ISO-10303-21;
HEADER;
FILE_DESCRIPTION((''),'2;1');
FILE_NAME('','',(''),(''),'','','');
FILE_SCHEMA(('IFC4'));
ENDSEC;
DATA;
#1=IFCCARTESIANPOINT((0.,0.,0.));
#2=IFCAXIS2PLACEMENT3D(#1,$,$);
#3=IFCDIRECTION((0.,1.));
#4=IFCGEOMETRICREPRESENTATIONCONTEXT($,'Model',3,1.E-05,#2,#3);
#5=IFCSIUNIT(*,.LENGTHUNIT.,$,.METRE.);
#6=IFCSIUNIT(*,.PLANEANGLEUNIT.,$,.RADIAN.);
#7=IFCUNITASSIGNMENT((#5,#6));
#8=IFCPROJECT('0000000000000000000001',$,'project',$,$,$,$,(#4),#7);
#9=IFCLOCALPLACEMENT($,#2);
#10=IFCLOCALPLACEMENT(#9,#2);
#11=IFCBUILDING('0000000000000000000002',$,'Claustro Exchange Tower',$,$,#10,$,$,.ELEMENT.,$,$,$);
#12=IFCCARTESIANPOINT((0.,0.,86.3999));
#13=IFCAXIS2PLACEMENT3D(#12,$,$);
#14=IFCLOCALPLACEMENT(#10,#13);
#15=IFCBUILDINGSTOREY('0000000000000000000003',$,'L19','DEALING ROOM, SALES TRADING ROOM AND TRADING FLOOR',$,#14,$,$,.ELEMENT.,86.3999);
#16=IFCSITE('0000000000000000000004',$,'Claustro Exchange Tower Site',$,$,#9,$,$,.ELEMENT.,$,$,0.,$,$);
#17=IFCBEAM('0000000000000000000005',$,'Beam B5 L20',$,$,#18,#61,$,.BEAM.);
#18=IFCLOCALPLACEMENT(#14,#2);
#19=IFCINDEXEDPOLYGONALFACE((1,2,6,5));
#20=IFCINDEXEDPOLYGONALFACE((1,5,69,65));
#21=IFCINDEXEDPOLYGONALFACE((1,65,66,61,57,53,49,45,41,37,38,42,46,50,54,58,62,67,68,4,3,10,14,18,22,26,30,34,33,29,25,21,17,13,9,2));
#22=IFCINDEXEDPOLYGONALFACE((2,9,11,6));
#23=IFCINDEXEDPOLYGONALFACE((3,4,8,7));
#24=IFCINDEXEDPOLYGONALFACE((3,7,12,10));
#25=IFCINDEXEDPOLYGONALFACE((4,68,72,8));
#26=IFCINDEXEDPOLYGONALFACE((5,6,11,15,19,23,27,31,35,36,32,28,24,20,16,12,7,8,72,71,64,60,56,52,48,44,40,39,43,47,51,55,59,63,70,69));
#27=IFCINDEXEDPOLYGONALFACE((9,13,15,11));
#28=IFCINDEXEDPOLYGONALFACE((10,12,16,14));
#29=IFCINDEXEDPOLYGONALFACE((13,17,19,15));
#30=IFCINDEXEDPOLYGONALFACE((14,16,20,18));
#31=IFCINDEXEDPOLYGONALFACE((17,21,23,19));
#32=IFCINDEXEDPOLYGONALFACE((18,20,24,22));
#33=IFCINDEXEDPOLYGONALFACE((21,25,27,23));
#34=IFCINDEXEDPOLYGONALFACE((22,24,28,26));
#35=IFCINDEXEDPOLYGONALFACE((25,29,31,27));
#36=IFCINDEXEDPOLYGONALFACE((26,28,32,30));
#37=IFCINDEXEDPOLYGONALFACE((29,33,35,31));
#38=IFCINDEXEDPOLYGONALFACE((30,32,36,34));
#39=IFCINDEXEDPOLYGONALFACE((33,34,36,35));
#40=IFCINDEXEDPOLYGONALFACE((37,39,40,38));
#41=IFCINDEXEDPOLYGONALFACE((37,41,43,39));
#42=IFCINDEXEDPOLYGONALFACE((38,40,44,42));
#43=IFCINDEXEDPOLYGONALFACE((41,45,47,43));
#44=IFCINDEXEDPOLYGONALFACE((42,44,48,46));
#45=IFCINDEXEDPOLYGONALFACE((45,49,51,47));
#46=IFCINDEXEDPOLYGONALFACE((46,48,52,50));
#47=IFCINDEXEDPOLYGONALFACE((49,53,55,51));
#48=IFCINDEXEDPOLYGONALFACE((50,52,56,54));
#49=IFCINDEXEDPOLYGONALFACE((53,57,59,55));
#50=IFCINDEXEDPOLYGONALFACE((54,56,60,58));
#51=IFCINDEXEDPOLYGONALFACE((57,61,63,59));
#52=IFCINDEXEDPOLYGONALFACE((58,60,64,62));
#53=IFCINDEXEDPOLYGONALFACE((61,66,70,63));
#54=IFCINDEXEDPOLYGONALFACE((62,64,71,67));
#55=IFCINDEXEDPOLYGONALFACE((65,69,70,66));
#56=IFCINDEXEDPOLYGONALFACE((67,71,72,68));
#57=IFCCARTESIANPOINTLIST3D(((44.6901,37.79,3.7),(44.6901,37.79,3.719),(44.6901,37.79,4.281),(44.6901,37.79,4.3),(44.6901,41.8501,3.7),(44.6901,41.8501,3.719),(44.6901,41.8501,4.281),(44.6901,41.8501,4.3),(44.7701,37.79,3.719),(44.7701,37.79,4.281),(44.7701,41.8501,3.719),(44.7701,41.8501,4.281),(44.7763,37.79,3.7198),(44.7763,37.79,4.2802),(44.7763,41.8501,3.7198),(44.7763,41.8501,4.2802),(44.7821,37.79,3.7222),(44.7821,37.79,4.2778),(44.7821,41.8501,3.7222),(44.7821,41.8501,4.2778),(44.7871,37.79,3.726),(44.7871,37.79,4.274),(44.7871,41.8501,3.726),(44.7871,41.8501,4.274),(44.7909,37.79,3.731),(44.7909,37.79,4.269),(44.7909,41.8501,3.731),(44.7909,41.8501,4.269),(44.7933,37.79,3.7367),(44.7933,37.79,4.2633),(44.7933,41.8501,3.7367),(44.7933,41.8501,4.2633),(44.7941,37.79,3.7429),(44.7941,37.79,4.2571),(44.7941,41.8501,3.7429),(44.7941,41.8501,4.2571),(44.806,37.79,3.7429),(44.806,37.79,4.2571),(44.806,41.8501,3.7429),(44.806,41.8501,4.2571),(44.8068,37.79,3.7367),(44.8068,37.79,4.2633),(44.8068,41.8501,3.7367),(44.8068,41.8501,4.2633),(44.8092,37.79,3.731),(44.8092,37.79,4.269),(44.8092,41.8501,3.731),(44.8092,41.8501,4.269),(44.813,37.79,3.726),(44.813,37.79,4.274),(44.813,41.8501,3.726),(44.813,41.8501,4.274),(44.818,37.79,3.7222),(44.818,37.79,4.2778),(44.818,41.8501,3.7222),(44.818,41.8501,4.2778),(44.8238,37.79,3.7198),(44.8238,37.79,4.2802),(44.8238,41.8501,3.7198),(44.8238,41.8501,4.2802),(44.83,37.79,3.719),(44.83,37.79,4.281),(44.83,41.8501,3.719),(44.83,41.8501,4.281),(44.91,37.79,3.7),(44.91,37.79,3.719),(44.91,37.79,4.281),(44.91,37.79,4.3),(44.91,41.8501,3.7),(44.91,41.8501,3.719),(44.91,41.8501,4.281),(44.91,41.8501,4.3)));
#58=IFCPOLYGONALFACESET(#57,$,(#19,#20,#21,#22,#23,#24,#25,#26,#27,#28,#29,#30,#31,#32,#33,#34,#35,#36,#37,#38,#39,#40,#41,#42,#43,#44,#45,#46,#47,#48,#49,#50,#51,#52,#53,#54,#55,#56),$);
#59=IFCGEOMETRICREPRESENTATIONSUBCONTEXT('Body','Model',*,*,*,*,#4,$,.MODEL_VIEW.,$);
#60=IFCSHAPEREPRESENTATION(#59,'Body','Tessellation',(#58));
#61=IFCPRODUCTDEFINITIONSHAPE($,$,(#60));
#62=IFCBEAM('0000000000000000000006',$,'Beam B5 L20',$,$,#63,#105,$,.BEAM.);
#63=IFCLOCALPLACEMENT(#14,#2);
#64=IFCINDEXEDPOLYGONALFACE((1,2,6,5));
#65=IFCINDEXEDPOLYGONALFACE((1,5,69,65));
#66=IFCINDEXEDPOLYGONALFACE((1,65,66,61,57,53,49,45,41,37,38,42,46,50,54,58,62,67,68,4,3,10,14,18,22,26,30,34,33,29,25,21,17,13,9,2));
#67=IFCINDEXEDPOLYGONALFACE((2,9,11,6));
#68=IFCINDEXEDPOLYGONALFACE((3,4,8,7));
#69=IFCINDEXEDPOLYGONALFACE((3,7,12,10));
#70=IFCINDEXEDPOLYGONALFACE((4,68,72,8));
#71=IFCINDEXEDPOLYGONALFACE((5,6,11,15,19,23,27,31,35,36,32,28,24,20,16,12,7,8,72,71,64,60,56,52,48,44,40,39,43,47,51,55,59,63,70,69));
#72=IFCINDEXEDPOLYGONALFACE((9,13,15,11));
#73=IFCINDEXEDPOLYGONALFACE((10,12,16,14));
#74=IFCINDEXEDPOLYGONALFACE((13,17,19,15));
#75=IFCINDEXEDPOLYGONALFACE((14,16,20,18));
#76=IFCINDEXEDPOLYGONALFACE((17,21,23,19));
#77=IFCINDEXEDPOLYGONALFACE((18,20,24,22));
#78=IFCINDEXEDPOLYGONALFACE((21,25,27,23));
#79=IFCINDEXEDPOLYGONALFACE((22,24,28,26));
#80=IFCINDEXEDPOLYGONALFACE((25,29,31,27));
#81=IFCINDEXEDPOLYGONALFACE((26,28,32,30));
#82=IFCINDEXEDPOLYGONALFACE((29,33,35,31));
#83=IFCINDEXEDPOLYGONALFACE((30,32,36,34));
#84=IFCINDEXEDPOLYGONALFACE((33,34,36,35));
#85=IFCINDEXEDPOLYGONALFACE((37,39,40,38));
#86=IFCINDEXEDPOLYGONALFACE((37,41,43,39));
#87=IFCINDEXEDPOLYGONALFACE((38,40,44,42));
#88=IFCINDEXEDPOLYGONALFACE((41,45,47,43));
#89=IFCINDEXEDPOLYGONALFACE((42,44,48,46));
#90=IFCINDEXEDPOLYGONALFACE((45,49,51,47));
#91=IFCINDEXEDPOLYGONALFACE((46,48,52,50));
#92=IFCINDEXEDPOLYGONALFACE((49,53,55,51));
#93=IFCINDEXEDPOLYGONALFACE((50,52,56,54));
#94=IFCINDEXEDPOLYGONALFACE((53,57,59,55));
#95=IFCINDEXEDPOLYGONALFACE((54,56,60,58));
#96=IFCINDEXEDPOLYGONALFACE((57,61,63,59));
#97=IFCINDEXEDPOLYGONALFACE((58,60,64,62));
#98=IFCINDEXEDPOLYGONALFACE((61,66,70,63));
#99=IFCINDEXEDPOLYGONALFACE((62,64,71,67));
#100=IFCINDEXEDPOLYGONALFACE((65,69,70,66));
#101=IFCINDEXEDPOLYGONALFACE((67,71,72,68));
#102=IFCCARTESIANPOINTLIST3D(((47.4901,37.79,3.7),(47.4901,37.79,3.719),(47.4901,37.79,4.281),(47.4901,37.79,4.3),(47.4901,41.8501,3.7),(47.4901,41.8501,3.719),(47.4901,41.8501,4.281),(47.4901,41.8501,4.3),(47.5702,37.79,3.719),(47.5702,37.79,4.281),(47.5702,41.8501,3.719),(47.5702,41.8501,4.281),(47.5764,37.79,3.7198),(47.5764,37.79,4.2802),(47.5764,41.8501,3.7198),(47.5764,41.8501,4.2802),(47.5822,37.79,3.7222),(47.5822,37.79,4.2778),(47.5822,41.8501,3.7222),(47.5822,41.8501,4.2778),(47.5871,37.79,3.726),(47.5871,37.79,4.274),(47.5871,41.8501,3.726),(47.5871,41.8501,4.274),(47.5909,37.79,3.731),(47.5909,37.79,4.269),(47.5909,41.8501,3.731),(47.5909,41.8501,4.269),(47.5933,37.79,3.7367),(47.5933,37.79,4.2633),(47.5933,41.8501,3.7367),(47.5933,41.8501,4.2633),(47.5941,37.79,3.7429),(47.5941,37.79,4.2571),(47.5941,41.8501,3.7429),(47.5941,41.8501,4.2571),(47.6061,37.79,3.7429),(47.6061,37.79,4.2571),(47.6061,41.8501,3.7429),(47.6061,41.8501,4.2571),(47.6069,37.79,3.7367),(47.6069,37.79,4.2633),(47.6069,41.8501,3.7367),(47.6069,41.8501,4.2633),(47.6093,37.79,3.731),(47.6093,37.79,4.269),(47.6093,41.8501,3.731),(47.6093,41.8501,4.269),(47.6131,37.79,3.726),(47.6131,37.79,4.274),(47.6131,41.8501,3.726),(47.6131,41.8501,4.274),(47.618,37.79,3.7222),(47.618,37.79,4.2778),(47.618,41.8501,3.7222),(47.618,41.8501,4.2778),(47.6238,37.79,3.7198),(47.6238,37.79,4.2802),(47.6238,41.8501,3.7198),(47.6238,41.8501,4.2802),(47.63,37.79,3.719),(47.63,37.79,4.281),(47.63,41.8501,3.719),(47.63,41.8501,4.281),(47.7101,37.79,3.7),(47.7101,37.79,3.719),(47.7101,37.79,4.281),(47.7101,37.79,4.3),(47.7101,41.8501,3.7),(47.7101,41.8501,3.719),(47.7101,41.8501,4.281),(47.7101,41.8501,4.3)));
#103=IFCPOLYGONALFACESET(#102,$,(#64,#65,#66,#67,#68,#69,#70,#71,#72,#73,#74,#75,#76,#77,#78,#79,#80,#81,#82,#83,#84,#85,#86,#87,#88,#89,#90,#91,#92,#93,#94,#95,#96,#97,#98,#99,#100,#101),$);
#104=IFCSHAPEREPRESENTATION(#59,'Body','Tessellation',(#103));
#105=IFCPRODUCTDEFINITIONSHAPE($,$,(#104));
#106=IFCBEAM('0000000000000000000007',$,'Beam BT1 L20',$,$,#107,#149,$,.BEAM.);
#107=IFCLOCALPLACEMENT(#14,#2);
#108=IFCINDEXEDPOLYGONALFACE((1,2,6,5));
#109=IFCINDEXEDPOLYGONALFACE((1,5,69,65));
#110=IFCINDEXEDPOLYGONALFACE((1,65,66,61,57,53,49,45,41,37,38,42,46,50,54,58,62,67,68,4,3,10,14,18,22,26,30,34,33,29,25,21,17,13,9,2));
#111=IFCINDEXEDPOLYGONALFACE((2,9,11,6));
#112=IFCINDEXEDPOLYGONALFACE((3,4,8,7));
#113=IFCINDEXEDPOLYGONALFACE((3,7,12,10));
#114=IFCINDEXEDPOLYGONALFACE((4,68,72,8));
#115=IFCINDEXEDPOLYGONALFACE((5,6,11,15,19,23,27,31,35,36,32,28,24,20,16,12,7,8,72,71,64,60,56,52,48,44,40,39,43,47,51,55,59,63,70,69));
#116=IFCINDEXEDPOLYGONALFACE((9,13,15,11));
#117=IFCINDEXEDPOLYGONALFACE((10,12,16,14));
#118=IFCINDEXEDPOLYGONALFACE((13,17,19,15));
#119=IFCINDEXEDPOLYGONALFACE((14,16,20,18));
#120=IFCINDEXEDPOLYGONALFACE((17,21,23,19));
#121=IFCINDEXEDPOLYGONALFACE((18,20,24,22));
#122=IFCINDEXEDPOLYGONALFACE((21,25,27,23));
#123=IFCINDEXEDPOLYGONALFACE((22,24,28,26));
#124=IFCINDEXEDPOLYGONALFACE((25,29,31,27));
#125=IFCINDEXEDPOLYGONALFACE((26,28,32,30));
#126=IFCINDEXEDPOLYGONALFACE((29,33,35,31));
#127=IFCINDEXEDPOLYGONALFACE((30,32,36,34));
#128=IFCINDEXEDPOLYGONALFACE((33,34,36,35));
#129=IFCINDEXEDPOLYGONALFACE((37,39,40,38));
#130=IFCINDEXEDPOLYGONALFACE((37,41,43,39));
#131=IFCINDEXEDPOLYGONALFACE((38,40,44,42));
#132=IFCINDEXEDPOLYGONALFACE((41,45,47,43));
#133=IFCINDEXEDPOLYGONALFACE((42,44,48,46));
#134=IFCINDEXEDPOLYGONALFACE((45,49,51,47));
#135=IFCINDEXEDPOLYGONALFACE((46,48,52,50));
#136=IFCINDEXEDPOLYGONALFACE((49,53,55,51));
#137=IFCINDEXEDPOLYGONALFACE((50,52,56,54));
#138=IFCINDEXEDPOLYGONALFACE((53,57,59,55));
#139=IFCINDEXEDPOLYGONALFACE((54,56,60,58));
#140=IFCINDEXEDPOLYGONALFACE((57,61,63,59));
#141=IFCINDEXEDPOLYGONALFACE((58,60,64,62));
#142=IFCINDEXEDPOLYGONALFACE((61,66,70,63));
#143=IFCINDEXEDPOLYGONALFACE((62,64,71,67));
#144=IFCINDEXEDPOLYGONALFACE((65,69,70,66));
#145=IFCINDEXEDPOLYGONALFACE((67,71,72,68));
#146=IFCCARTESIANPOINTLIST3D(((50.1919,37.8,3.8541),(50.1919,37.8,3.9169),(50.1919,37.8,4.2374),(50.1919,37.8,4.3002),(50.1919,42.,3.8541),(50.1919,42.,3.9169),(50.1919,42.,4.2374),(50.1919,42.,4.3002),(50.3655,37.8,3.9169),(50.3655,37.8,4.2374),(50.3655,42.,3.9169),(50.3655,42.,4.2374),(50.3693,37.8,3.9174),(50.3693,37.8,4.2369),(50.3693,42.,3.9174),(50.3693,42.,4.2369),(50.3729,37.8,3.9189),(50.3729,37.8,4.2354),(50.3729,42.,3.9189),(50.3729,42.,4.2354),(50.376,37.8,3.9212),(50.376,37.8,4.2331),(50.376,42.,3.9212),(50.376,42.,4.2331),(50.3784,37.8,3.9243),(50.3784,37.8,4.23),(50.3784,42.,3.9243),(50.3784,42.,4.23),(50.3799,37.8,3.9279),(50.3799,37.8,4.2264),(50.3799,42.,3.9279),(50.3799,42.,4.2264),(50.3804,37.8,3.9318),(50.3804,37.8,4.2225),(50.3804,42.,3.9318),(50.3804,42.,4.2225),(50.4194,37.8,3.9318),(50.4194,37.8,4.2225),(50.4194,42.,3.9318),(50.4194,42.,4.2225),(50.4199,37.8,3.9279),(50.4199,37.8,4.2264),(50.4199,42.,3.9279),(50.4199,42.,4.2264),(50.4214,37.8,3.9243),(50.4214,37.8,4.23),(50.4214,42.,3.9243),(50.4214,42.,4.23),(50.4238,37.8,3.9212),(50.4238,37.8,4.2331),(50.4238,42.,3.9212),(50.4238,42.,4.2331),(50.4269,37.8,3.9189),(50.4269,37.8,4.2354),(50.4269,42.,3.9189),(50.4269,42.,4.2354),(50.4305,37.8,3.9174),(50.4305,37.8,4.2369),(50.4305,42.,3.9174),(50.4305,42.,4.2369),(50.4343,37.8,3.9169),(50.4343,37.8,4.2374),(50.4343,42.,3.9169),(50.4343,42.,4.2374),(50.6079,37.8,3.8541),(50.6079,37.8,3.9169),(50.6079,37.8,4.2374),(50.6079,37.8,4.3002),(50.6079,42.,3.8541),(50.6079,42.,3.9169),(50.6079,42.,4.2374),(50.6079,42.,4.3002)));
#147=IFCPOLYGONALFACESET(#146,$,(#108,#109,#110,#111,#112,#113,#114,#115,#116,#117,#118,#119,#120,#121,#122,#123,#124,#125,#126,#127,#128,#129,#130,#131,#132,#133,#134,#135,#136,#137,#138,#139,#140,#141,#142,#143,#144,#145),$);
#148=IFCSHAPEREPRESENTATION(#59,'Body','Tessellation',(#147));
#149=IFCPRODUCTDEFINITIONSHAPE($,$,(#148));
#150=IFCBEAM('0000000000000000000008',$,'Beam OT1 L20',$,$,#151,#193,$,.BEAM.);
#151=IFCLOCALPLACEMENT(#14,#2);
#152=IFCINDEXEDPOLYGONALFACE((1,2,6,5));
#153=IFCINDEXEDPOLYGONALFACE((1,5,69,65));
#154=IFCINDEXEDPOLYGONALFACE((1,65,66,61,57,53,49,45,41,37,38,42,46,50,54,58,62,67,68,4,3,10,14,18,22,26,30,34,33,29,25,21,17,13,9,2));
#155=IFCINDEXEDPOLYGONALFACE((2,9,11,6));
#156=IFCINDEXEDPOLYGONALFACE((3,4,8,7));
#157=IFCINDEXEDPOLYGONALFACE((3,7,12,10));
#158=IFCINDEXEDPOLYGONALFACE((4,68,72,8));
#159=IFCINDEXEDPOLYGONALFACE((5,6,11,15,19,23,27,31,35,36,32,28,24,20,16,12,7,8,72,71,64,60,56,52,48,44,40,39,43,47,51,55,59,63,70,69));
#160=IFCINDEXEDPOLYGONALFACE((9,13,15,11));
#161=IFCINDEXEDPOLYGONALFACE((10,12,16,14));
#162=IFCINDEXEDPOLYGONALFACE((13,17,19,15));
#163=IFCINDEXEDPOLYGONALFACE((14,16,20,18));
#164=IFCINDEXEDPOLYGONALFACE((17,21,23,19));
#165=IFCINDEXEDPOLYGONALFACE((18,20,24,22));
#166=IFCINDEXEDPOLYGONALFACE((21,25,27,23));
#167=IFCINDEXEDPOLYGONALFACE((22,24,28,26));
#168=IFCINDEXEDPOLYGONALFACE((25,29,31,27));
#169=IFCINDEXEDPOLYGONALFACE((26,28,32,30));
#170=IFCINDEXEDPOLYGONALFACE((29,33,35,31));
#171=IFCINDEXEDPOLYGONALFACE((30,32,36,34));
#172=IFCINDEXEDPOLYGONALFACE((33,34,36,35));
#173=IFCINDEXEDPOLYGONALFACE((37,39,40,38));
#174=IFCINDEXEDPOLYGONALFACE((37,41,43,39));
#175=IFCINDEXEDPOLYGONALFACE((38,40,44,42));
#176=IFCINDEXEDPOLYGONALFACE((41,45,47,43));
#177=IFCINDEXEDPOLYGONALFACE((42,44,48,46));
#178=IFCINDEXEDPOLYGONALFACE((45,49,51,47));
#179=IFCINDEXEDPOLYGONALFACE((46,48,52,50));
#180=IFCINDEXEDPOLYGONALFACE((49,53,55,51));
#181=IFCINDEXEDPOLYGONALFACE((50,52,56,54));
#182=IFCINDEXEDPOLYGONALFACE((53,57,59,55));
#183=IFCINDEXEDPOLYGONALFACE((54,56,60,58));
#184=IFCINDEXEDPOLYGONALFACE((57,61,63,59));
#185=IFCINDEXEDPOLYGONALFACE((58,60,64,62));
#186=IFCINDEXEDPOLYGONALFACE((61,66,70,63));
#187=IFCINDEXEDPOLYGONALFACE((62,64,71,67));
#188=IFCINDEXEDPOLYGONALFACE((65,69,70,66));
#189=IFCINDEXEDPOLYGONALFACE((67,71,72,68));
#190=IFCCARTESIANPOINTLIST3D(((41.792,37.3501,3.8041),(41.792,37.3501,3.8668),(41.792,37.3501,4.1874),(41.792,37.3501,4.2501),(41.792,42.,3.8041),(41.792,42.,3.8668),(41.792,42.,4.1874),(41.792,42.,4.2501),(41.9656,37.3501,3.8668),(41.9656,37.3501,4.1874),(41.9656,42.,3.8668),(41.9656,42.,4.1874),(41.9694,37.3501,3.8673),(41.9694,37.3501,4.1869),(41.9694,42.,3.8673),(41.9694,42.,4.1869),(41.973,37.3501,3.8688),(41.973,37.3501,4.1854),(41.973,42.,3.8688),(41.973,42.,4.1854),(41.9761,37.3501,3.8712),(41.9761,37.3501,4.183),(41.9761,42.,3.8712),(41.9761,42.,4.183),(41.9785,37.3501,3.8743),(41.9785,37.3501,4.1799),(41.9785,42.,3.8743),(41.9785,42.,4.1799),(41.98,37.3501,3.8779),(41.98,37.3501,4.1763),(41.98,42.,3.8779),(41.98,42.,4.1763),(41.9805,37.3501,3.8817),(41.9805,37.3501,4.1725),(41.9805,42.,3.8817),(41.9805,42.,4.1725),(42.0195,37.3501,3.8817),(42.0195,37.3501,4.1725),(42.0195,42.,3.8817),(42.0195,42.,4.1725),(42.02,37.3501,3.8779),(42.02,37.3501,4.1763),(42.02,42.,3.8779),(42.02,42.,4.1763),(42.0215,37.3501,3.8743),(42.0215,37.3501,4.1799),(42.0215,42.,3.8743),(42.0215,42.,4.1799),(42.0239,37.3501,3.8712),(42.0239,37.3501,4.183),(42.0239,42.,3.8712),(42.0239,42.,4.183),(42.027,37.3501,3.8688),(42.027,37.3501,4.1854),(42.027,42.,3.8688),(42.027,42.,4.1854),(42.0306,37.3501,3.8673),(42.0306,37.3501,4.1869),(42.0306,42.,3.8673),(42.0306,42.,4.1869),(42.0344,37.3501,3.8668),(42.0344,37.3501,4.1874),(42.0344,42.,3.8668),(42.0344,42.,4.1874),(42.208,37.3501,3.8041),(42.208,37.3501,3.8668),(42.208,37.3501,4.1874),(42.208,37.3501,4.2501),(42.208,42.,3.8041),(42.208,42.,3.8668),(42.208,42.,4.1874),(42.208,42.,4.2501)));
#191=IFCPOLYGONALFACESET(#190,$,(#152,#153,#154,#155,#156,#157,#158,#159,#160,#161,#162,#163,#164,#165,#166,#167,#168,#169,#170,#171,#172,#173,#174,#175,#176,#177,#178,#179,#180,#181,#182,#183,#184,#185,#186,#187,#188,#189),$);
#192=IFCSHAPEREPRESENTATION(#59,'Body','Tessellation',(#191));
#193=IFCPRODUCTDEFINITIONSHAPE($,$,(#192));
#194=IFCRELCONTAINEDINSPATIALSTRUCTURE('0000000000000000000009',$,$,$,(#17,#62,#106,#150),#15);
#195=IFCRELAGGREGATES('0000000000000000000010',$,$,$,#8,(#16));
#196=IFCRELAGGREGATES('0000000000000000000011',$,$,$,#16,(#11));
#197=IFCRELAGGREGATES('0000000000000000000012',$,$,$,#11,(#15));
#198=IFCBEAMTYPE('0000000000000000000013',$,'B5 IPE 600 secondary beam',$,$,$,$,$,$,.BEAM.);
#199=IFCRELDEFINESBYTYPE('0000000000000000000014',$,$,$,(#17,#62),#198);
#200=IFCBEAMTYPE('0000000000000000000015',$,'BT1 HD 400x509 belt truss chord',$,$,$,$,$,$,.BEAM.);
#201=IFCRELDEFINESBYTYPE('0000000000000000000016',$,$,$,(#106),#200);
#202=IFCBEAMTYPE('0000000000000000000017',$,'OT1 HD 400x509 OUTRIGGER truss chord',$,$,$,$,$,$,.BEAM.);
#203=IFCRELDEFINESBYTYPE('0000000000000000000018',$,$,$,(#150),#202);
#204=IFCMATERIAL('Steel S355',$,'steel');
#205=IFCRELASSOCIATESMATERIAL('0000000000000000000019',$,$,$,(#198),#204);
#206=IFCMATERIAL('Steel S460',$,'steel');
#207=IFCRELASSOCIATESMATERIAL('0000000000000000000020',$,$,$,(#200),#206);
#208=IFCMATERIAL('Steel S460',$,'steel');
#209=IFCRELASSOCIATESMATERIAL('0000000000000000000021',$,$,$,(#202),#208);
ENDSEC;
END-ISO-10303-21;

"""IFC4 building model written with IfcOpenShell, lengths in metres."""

from ifc_helpers import new_model, si_unit, direction, frame, origin, origin_2d, place, context, subcontext, project, spatial, i_section, extrude, material, material_profile, profile_set, type_object, element, save


model = new_model("IFC4")

# Units and contexts
model_context = context("Model", 3, precision=1e-05, world=origin(), true_north=direction((0.0, 1.0)))
body_context = subcontext(model_context, "Body", "Model", "MODEL_VIEW")
ifc_project = project(units=[si_unit("LENGTHUNIT", "METRE"), si_unit("PLANEANGLEUNIT", "RADIAN")], contexts=[model_context])

# Site, building, storey
site_placement = place(None, origin())
site = spatial("IfcSite", under=ifc_project, at=site_placement, Name="Claustro Exchange Tower Site", CompositionType="ELEMENT", RefElevation=0.0)
building_placement = place(site_placement, origin())
building = spatial("IfcBuilding", under=site, at=building_placement, Name="Claustro Exchange Tower", CompositionType="ELEMENT")
storey_placement = place(building_placement, frame((0.0, 0.0, 86.3999)))
storey = spatial("IfcBuildingStorey", under=building, at=storey_placement, Name="L19", Description="DEALING ROOM, SALES TRADING ROOM AND TRADING FLOOR", CompositionType="ELEMENT", Elevation=86.3999)

# Beams
ifc_material_1 = material(Name="Steel S355", Category="steel")
ifc_material_profile_1 = material_profile(ifc_material_1, i_section(OverallWidth=0.22, OverallDepth=0.6001, WebThickness=0.012, FlangeThickness=0.019, FilletRadius=0.0239, at=origin_2d()), Name="IPE 600")
ifc_profile_set_1 = profile_set([ifc_material_profile_1], Name="Steel S355")
beam_type_1 = type_object("IfcBeamType", Name="B5 IPE 600 secondary beam", PredefinedType="BEAM", material=ifc_profile_set_1)
for number, where, z_axis, x_axis, name in (
    (1, (44.8, 37.79, 4.0), (0.0, 1.0, 0.0), (-1.0, 0.0, 0.0), "Beam B5 L20"),
    (2, (47.6001, 37.79, 4.0), (0.0, 1.0, 0.0), (-1.0, 0.0, 0.0), "Beam B5 L20"),
):
    element("IfcBeam", number, at=place(storey_placement, frame(where, z_axis=z_axis, x_axis=x_axis)), inside=storey, type_object=beam_type_1, Name=name, PredefinedType="BEAM", context=body_context, shape_type="SweptSolid", body=[
        extrude(i_section(OverallWidth=0.22, OverallDepth=0.6001, WebThickness=0.012, FlangeThickness=0.019, FilletRadius=0.0239, at=origin_2d()), origin(), (0.0, 0.0, 1.0), 4.0601),
    ])
ifc_material_2 = material(Name="Steel S460", Category="steel")
ifc_material_profile_2 = material_profile(ifc_material_2, i_section(OverallWidth=0.416, OverallDepth=0.446, WebThickness=0.0391, FlangeThickness=0.0627, FilletRadius=0.0149, at=origin_2d()), Name="HD 400x509")
ifc_profile_set_2 = profile_set([ifc_material_profile_2], Name="Steel S460")
beam_type_2 = type_object("IfcBeamType", Name="BT1 HD 400x509 belt truss chord", PredefinedType="BEAM", material=ifc_profile_set_2)
beam_1_placement = place(storey_placement, frame((50.3999, 37.8, 4.0771), z_axis=(0.0, 1.0, 0.0), x_axis=(-1.0, 0.0, 0.0)))
element("IfcBeam", 3, at=beam_1_placement, inside=storey, type_object=beam_type_2, Name="Beam BT1 L20", PredefinedType="BEAM", context=body_context, shape_type="SweptSolid", body=[
    extrude(i_section(OverallWidth=0.416, OverallDepth=0.446, WebThickness=0.0391, FlangeThickness=0.0627, FilletRadius=0.0149, at=origin_2d()), origin(), (0.0, 0.0, 1.0), 4.2),
])
ifc_material_3 = material(Name="Steel S460", Category="steel")
ifc_material_profile_3 = material_profile(ifc_material_3, i_section(OverallWidth=0.416, OverallDepth=0.446, WebThickness=0.0391, FlangeThickness=0.0627, FilletRadius=0.0149, at=origin_2d()), Name="HD 400x509")
ifc_profile_set_3 = profile_set([ifc_material_profile_3], Name="Steel S460")
beam_type_3 = type_object("IfcBeamType", Name="OT1 HD 400x509 OUTRIGGER truss chord", PredefinedType="BEAM", material=ifc_profile_set_3)
beam_2_placement = place(storey_placement, frame((42.0, 37.3501, 4.0271), z_axis=(0.0, 1.0, 0.0), x_axis=(-1.0, 0.0, 0.0)))
element("IfcBeam", 4, at=beam_2_placement, inside=storey, type_object=beam_type_3, Name="Beam OT1 L20", PredefinedType="BEAM", context=body_context, shape_type="SweptSolid", body=[
    extrude(i_section(OverallWidth=0.416, OverallDepth=0.446, WebThickness=0.0391, FlangeThickness=0.0627, FilletRadius=0.0149, at=origin_2d()), origin(), (0.0, 0.0, 1.0), 4.6499),
])

save(model, "model.ifc")
